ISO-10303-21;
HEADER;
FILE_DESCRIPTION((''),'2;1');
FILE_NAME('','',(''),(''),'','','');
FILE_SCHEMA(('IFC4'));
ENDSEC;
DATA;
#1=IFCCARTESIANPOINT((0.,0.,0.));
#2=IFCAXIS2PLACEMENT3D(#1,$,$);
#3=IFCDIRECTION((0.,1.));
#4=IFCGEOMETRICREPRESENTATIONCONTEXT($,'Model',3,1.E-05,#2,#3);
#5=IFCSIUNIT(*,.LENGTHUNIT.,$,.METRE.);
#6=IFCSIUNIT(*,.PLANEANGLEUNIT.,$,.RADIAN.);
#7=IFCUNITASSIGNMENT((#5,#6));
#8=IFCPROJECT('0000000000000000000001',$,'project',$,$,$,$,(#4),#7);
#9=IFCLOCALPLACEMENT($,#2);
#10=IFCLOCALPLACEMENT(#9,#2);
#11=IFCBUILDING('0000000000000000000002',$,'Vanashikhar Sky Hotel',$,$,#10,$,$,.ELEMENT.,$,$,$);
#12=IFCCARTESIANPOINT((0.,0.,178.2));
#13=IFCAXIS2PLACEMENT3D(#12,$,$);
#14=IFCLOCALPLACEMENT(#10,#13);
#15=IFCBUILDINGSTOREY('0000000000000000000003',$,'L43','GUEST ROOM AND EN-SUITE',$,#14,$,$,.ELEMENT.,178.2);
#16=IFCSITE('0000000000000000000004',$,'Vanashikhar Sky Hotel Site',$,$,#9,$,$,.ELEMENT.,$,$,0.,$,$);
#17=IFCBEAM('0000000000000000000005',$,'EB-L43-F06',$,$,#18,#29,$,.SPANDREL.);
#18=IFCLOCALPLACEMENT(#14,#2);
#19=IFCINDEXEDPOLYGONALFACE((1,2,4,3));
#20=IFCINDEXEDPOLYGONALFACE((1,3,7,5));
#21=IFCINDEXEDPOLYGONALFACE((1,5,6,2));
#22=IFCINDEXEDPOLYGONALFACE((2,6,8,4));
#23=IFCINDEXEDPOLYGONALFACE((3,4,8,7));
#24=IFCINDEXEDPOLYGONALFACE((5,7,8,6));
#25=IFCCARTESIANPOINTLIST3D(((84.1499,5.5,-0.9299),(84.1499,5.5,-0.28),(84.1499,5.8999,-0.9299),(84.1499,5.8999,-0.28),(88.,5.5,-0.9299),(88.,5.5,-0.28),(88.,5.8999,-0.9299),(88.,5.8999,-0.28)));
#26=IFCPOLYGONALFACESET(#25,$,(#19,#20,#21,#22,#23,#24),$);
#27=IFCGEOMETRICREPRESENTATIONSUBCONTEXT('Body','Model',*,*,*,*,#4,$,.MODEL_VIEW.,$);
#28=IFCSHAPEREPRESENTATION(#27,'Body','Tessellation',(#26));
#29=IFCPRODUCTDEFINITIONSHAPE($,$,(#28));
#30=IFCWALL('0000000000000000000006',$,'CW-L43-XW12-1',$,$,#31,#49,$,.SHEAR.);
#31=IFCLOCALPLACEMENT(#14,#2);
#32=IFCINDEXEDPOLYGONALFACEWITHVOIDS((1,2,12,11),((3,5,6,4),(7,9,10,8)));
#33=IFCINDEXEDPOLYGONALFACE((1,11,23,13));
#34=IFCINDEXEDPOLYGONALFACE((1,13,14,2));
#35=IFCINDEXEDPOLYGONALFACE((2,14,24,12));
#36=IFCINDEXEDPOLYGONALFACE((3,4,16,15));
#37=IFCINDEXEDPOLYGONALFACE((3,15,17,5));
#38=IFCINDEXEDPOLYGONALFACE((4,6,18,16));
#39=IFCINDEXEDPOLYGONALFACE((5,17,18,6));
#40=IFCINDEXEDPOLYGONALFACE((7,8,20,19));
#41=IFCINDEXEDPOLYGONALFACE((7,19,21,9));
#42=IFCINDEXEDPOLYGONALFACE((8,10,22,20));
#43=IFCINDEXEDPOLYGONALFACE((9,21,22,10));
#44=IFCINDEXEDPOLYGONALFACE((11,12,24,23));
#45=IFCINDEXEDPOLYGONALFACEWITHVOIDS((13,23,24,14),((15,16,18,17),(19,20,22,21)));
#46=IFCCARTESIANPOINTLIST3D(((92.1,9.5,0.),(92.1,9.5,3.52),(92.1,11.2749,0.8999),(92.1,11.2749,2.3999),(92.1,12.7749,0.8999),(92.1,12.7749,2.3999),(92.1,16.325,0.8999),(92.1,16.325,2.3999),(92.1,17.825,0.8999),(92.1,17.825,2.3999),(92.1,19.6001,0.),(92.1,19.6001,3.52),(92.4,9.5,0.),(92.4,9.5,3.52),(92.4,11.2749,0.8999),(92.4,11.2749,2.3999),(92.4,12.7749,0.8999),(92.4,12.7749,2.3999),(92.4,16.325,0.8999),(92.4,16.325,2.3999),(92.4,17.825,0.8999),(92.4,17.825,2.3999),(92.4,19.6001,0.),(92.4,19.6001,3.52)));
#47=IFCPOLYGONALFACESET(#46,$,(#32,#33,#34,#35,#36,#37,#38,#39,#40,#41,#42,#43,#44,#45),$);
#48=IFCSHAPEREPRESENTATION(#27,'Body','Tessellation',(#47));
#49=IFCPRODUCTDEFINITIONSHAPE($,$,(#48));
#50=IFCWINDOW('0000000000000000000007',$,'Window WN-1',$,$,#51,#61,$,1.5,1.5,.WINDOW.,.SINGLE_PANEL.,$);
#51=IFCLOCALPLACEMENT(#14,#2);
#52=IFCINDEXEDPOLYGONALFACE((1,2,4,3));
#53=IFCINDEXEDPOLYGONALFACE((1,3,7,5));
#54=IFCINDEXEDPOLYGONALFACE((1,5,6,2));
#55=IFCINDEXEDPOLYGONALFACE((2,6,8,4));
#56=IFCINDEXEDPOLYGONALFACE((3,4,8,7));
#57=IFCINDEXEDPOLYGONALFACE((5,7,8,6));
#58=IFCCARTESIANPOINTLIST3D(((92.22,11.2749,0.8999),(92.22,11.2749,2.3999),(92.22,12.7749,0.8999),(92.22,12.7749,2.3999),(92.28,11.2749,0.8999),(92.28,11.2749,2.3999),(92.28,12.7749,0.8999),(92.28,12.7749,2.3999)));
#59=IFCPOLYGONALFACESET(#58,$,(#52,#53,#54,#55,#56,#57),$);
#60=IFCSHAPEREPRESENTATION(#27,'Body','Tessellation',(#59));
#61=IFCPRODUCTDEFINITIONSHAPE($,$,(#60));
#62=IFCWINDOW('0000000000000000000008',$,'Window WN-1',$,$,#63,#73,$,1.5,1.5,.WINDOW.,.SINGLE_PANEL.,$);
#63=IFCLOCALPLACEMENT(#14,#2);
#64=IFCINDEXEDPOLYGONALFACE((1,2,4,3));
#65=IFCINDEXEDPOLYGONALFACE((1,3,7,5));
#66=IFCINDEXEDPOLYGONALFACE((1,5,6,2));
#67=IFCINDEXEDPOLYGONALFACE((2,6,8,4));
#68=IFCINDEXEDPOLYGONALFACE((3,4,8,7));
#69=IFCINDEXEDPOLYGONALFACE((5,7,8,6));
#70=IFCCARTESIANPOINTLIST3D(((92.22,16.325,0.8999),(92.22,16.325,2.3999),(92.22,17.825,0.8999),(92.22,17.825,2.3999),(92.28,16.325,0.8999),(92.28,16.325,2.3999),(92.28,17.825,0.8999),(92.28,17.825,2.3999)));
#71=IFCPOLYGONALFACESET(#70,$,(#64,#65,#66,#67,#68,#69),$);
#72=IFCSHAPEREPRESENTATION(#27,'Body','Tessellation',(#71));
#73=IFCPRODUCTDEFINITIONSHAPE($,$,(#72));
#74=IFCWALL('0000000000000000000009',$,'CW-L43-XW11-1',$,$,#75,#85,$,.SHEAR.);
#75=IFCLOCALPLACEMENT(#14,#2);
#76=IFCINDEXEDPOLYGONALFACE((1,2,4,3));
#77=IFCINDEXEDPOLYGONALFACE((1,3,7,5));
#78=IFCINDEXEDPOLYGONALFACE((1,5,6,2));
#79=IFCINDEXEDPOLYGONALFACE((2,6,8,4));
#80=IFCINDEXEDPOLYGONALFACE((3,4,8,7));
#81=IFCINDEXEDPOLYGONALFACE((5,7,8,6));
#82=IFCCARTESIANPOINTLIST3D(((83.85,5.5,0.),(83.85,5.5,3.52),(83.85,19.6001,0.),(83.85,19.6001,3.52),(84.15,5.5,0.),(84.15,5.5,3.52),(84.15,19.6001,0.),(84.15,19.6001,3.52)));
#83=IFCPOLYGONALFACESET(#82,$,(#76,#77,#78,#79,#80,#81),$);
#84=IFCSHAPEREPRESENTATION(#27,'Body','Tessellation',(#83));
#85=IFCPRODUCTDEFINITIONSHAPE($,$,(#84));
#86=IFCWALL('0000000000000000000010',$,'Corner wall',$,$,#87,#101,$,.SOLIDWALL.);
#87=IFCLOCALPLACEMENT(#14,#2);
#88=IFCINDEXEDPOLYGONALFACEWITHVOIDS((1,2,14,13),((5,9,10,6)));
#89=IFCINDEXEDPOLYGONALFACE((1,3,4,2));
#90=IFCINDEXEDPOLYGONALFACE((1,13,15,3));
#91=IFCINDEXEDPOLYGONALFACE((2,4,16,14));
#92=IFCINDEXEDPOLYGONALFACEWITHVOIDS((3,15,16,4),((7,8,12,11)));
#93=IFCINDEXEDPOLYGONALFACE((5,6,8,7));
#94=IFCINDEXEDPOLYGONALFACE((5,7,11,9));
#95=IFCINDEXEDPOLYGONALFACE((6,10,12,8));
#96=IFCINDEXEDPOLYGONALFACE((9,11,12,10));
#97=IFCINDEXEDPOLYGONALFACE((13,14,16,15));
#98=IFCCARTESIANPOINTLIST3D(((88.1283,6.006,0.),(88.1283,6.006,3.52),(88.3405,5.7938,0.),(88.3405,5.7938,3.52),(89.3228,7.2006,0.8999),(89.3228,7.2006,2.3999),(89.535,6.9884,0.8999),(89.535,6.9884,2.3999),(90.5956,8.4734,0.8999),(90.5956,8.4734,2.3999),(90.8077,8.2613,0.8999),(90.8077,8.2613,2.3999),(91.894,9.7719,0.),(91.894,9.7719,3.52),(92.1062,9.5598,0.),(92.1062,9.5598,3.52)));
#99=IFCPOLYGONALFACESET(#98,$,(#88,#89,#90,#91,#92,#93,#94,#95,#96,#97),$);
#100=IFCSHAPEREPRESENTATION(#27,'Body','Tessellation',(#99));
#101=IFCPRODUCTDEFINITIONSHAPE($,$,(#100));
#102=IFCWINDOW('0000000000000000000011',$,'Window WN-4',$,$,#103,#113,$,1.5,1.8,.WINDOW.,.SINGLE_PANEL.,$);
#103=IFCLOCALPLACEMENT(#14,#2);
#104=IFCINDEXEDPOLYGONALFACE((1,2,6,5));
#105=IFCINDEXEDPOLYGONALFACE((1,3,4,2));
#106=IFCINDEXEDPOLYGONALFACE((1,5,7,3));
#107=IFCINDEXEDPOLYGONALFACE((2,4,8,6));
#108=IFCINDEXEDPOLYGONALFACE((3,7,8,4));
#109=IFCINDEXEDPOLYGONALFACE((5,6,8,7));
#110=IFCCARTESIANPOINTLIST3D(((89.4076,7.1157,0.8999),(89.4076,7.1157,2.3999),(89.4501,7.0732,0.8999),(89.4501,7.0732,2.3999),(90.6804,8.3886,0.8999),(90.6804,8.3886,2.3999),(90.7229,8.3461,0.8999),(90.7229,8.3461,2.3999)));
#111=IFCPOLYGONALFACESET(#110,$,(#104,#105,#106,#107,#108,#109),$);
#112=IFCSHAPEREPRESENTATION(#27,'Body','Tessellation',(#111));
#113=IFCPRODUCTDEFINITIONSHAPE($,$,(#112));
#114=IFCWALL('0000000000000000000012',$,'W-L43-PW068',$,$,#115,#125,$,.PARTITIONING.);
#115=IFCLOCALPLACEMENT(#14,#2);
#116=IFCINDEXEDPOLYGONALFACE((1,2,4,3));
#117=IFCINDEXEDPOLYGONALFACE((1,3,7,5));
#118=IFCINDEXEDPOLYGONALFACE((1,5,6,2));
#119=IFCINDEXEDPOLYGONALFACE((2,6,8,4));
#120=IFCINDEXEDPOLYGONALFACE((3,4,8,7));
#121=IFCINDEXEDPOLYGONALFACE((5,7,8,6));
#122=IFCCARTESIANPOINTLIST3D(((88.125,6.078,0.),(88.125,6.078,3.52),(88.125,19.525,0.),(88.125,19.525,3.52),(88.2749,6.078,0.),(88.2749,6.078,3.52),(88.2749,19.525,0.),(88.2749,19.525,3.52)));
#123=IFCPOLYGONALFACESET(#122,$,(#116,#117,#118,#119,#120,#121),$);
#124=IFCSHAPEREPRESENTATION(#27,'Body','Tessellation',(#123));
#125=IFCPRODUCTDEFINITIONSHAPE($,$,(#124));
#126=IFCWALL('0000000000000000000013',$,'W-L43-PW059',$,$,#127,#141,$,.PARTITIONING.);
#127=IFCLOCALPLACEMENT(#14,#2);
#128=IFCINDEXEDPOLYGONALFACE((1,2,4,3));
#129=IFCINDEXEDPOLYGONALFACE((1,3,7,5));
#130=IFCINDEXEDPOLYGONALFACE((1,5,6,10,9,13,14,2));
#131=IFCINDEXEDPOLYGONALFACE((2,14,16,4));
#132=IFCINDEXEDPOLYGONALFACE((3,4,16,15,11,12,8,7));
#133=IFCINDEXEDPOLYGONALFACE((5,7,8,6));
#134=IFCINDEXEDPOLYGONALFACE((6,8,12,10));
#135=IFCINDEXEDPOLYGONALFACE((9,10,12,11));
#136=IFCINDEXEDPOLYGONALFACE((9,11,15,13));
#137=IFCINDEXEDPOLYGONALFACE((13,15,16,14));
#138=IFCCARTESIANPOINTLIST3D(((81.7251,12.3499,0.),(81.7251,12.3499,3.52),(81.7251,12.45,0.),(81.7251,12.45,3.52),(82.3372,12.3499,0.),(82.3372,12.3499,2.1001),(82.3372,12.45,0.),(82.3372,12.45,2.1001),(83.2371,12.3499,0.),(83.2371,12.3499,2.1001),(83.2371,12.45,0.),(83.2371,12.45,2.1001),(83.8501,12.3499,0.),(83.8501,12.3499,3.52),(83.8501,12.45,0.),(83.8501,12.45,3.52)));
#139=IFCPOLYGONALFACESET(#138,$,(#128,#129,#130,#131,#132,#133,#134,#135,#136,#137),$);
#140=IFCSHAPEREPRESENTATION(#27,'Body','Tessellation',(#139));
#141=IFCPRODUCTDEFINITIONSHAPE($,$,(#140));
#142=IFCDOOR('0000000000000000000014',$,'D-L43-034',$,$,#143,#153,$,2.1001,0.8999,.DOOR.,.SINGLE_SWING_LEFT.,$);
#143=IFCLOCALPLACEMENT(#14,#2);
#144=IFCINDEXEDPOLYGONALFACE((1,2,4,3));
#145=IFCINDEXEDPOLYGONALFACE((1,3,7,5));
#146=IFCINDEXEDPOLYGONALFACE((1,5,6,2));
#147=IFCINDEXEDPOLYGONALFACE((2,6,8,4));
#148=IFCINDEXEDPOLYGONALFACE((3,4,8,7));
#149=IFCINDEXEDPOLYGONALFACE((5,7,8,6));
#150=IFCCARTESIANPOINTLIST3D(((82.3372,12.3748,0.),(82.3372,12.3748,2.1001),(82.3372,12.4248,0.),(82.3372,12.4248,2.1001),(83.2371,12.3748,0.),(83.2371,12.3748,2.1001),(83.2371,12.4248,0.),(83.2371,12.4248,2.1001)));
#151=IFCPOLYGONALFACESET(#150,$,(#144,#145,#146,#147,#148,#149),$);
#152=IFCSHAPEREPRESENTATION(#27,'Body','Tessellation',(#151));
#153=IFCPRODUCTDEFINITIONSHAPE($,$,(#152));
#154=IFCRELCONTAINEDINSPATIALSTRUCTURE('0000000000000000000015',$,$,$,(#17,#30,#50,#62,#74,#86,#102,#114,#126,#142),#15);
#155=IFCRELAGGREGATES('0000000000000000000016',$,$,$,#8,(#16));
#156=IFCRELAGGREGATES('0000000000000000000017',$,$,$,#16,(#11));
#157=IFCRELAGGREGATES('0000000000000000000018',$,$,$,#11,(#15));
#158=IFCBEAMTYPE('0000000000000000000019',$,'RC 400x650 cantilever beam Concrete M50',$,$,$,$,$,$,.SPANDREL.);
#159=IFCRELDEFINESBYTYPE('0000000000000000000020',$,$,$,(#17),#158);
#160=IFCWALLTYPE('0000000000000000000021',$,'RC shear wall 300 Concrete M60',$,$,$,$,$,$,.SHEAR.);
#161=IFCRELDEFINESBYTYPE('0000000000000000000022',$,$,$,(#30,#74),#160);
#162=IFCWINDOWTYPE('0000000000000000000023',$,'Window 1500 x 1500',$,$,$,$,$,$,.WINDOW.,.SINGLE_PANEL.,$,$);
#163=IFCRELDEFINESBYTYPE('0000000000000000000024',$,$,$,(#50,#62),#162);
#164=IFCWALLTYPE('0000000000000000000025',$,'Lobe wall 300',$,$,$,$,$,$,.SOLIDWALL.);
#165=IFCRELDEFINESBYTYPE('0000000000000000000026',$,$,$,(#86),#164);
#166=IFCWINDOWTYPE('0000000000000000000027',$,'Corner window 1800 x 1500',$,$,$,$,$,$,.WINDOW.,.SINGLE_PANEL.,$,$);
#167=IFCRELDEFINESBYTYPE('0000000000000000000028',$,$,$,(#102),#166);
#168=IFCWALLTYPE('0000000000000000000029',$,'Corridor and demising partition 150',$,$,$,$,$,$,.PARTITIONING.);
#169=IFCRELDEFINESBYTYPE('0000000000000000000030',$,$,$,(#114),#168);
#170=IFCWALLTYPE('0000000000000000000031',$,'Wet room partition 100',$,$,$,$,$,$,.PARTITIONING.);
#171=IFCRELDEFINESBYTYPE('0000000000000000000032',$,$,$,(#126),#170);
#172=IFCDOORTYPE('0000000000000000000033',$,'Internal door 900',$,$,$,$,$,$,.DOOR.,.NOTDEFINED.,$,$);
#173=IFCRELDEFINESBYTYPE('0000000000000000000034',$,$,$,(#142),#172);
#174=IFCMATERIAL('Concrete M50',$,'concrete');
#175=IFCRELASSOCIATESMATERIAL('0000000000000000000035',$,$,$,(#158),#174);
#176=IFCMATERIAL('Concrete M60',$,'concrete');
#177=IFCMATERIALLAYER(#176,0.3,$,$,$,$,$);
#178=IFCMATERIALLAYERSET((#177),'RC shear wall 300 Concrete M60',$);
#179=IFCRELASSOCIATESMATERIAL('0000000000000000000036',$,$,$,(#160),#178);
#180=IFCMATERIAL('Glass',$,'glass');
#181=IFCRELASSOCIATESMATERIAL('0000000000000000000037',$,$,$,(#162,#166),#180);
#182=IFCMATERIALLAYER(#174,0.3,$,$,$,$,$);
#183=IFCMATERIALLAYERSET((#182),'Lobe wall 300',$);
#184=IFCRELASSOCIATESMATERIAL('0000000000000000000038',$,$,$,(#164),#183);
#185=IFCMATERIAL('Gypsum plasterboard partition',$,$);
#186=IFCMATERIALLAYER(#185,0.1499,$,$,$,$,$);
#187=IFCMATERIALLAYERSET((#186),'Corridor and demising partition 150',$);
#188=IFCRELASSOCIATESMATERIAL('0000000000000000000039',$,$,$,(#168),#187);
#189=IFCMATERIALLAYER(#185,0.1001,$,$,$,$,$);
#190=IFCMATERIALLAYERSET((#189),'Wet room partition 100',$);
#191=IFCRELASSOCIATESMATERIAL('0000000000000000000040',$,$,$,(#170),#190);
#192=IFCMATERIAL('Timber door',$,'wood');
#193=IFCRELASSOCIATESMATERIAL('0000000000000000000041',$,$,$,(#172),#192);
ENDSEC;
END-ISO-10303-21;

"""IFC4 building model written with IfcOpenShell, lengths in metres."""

from ifc_helpers import new_model, si_unit, direction, frame, frame_2d, origin, origin_2d, place, context, subcontext, project, spatial, rectangle, extrude, source, transform, mapped, material, layer, layer_set, material_profile, profile_set, type_object, element, fill, save


model = new_model("IFC4")

# Units and contexts
model_context = context("Model", 3, precision=1e-05, world=origin(), true_north=direction((0.0, 1.0)))
body_context = subcontext(model_context, "Body", "Model", "MODEL_VIEW")
ifc_project = project(units=[si_unit("LENGTHUNIT", "METRE"), si_unit("PLANEANGLEUNIT", "RADIAN")], contexts=[model_context])

# Site, building, storey
site_placement = place(None, origin())
site = spatial("IfcSite", under=ifc_project, at=site_placement, Name="Vanashikhar Sky Hotel Site", CompositionType="ELEMENT", RefElevation=0.0)
building_placement = place(site_placement, origin())
building = spatial("IfcBuilding", under=site, at=building_placement, Name="Vanashikhar Sky Hotel", CompositionType="ELEMENT")
storey_placement = place(building_placement, frame((0.0, 0.0, 178.2)))
storey = spatial("IfcBuildingStorey", under=building, at=storey_placement, Name="L43", Description="GUEST ROOM AND EN-SUITE", CompositionType="ELEMENT", Elevation=178.2)

# Beam
ifc_material_1 = material(Name="Concrete M50", Category="concrete")
ifc_material_profile = material_profile(ifc_material_1, rectangle(XDim=0.3999, YDim=0.6499, at=origin_2d()))
ifc_profile_set = profile_set([ifc_material_profile], Name="RC 400x650 cantilever beam Concrete M50")
beam_type = type_object("IfcBeamType", Name="RC 400x650 cantilever beam Concrete M50", PredefinedType="SPANDREL", material=ifc_profile_set)
shared_shape_1 = source(origin(), body_context, "Body", "SweptSolid", [
    extrude(rectangle(XDim=0.3999, YDim=0.6499, at=origin_2d()), origin(), (0.0, 0.0, 1.0), 3.8501),
])
beam_placement = place(storey_placement, frame((84.1499, 5.7, -0.605), z_axis=(1.0, 0.0, 0.0), x_axis=(0.0, 1.0, 0.0)))
element("IfcBeam", 1, at=beam_placement, inside=storey, type_object=beam_type, Name="EB-L43-F06", PredefinedType="SPANDREL", context=body_context, shape_type="MappedRepresentation", body=[
    mapped(shared_shape_1, transform((0.0, 0.0, 0.0), scale=1.0)),
])

# Wall, openings, windows
ifc_material_2 = material(Name="Concrete M60", Category="concrete")
ifc_layer_1 = layer(ifc_material_2, 0.3)
ifc_layer_set_1 = layer_set([ifc_layer_1], Name="RC shear wall 300 Concrete M60")
wall_type_1 = type_object("IfcWallType", Name="RC shear wall 300 Concrete M60", PredefinedType="SHEAR", material=ifc_layer_set_1)
shared_shape_2 = source(origin(), body_context, "Body", "SweptSolid", [
    extrude(rectangle(XDim=10.1001, YDim=0.3, at=frame_2d((5.05, 0.0))), origin(), (0.0, 0.0, 1.0), 3.52),
])
wall_1_placement = place(storey_placement, frame((92.25, 9.5, 0.0), z_axis=(0.0, 0.0, 1.0), x_axis=(0.0, 1.0, 0.0)))
wall_1 = element("IfcWall", 2, at=wall_1_placement, inside=storey, type_object=wall_type_1, Name="CW-L43-XW12-1", PredefinedType="SHEAR", context=body_context, shape_type="MappedRepresentation", body=[
    mapped(shared_shape_2, transform((0.0, 0.0, 0.0), scale=1.0)),
])
shared_shape_3 = source(origin(), body_context, "Body", "SweptSolid", [
    extrude(rectangle(XDim=1.5, YDim=1.5, at=frame_2d((0.75, 0.75))), frame((0.0, 0.1602, 0.0), z_axis=(0.0, -1.0, 0.0), x_axis=(1.0, 0.0, 0.0)), (0.0, 0.0, 1.0), 0.3201),
])
opening_1_placement = place(wall_1_placement, frame((1.7749, 0.0, 0.8999)))
opening_1 = element("IfcOpeningElement", 3, at=opening_1_placement, cuts=wall_1, PredefinedType="OPENING", context=body_context, shape_type="MappedRepresentation", body=[
    mapped(shared_shape_3, transform((0.0, 0.0, 0.0), scale=1.0)),
])
opening_2_placement = place(wall_1_placement, frame((6.825, 0.0, 0.8999)))
opening_2 = element("IfcOpeningElement", 4, at=opening_2_placement, cuts=wall_1, PredefinedType="OPENING", context=body_context, shape_type="MappedRepresentation", body=[
    mapped(shared_shape_3, transform((0.0, 0.0, 0.0), scale=1.0)),
])
ifc_material_3 = material(Name="Glass", Category="glass")
window_type_1 = type_object("IfcWindowType", Name="Window 1500 x 1500", PartitioningType="SINGLE_PANEL", PredefinedType="WINDOW", material=ifc_material_3)
shared_shape_4 = source(origin(), body_context, "Body", "SweptSolid", [
    extrude(rectangle(XDim=1.5, YDim=1.5, at=frame_2d((0.75, 0.75))), frame((0.0, 0.03, 0.0), z_axis=(0.0, -1.0, 0.0), x_axis=(1.0, 0.0, 0.0)), (0.0, 0.0, 1.0), 0.0601),
])
window_1_placement = place(opening_1_placement, origin())
window_1 = element("IfcWindow", 5, at=window_1_placement, inside=storey, type_object=window_type_1, Name="Window WN-1", OverallHeight=1.5, OverallWidth=1.5, PartitioningType="SINGLE_PANEL", PredefinedType="WINDOW", context=body_context, shape_type="MappedRepresentation", body=[
    mapped(shared_shape_4, transform((0.0, 0.0, 0.0), scale=1.0)),
])
fill(opening_1, window_1)
window_2_placement = place(opening_2_placement, origin())
window_2 = element("IfcWindow", 6, at=window_2_placement, inside=storey, type_object=window_type_1, Name="Window WN-1", OverallHeight=1.5, OverallWidth=1.5, PartitioningType="SINGLE_PANEL", PredefinedType="WINDOW", context=body_context, shape_type="MappedRepresentation", body=[
    mapped(shared_shape_4, transform((0.0, 0.0, 0.0), scale=1.0)),
])
fill(opening_2, window_2)

# Wall
shared_shape_5 = source(origin(), body_context, "Body", "SweptSolid", [
    extrude(rectangle(XDim=14.1001, YDim=0.3, at=frame_2d((7.05, 0.0))), origin(), (0.0, 0.0, 1.0), 3.52),
])
wall_2_placement = place(storey_placement, frame((84.0, 5.5, 0.0), z_axis=(0.0, 0.0, 1.0), x_axis=(0.0, 1.0, 0.0)))
element("IfcWall", 7, at=wall_2_placement, inside=storey, type_object=wall_type_1, Name="CW-L43-XW11-1", PredefinedType="SHEAR", context=body_context, shape_type="MappedRepresentation", body=[
    mapped(shared_shape_5, transform((0.0, 0.0, 0.0), scale=1.0)),
])

# Wall, opening, window
ifc_layer_2 = layer(ifc_material_1, 0.3)
ifc_layer_set_2 = layer_set([ifc_layer_2], Name="Lobe wall 300")
wall_type_2 = type_object("IfcWallType", Name="Lobe wall 300", PredefinedType="SOLIDWALL", material=ifc_layer_set_2)
shared_shape_6 = source(origin(), body_context, "Body", "SweptSolid", [
    extrude(rectangle(XDim=5.3257, YDim=0.3, at=frame_2d((2.6628, 0.0))), origin(), (0.0, 0.0, 1.0), 3.52),
])
wall_3_placement = place(storey_placement, frame((88.2344, 5.8999, 0.0), z_axis=(0.0, 0.0, 1.0), x_axis=(0.707084, 0.70713, 0.0)))
wall_3 = element("IfcWall", 8, at=wall_3_placement, inside=storey, type_object=wall_type_2, Name="Corner wall", PredefinedType="SOLIDWALL", context=body_context, shape_type="MappedRepresentation", body=[
    mapped(shared_shape_6, transform((0.0, 0.0, 0.0), scale=1.0)),
])
shared_shape_7 = source(origin(), body_context, "Body", "SweptSolid", [
    extrude(rectangle(XDim=1.8, YDim=1.5, at=frame_2d((0.8999, 0.75))), frame((0.0, 0.1602, 0.0), z_axis=(0.0, -1.0, 0.0), x_axis=(1.0, 0.0, 0.0)), (0.0, 0.0, 1.0), 0.3201),
])
opening_3_placement = place(wall_3_placement, frame((1.6895, 0.0, 0.8999)))
opening_3 = element("IfcOpeningElement", 9, at=opening_3_placement, cuts=wall_3, PredefinedType="OPENING", context=body_context, shape_type="MappedRepresentation", body=[
    mapped(shared_shape_7, transform((0.0, 0.0, 0.0), scale=1.0)),
])
window_type_2 = type_object("IfcWindowType", Name="Corner window 1800 x 1500", PartitioningType="SINGLE_PANEL", PredefinedType="WINDOW", material=ifc_material_3)
shared_shape_8 = source(origin(), body_context, "Body", "SweptSolid", [
    extrude(rectangle(XDim=1.8, YDim=1.5, at=frame_2d((0.8999, 0.75))), frame((0.0, 0.03, 0.0), z_axis=(0.0, -1.0, 0.0), x_axis=(1.0, 0.0, 0.0)), (0.0, 0.0, 1.0), 0.0601),
])
window_3_placement = place(opening_3_placement, origin())
window_3 = element("IfcWindow", 10, at=window_3_placement, inside=storey, type_object=window_type_2, Name="Window WN-4", OverallHeight=1.5, OverallWidth=1.8, PartitioningType="SINGLE_PANEL", PredefinedType="WINDOW", context=body_context, shape_type="MappedRepresentation", body=[
    mapped(shared_shape_8, transform((0.0, 0.0, 0.0), scale=1.0)),
])
fill(opening_3, window_3)

# Wall
ifc_material_4 = material(Name="Gypsum plasterboard partition")
ifc_layer_3 = layer(ifc_material_4, 0.1499)
ifc_layer_set_3 = layer_set([ifc_layer_3], Name="Corridor and demising partition 150")
wall_type_3 = type_object("IfcWallType", Name="Corridor and demising partition 150", PredefinedType="PARTITIONING", material=ifc_layer_set_3)
shared_shape_9 = source(origin(), body_context, "Body", "SweptSolid", [
    extrude(rectangle(XDim=13.447, YDim=0.1499, at=frame_2d((6.7236, 0.0))), origin(), (0.0, 0.0, 1.0), 3.52),
])
wall_4_placement = place(storey_placement, frame((88.2, 6.0779, 0.0), z_axis=(0.0, 0.0, 1.0), x_axis=(0.0, 1.0, 0.0)))
element("IfcWall", 11, at=wall_4_placement, inside=storey, type_object=wall_type_3, Name="W-L43-PW068", PredefinedType="PARTITIONING", context=body_context, shape_type="MappedRepresentation", body=[
    mapped(shared_shape_9, transform((0.0, 0.0, 0.0), scale=1.0)),
])

# Wall, opening, door
ifc_layer_4 = layer(ifc_material_4, 0.1001)
ifc_layer_set_4 = layer_set([ifc_layer_4], Name="Wet room partition 100")
wall_type_4 = type_object("IfcWallType", Name="Wet room partition 100", PredefinedType="PARTITIONING", material=ifc_layer_set_4)
shared_shape_10 = source(origin(), body_context, "Body", "SweptSolid", [
    extrude(rectangle(XDim=2.125, YDim=0.1001, at=frame_2d((1.0625, 0.0))), origin(), (0.0, 0.0, 1.0), 3.52),
])
wall_5_placement = place(storey_placement, frame((81.7251, 12.3999, 0.0), z_axis=(0.0, 0.0, 1.0), x_axis=(1.0, 0.0, 0.0)))
wall_5 = element("IfcWall", 12, at=wall_5_placement, inside=storey, type_object=wall_type_4, Name="W-L43-PW059", PredefinedType="PARTITIONING", context=body_context, shape_type="MappedRepresentation", body=[
    mapped(shared_shape_10, transform((0.0, 0.0, 0.0), scale=1.0)),
])
shared_shape_11 = source(origin(), body_context, "Body", "SweptSolid", [
    extrude(rectangle(XDim=0.8999, YDim=2.1001, at=frame_2d((0.45, 1.05))), frame((0.0, 0.0601, 0.0), z_axis=(0.0, -1.0, 0.0), x_axis=(1.0, 0.0, 0.0)), (0.0, 0.0, 1.0), 0.1201),
])
opening_4_placement = place(wall_5_placement, frame((0.6121, 0.0, 0.0)))
opening_4 = element("IfcOpeningElement", 13, at=opening_4_placement, cuts=wall_5, PredefinedType="OPENING", context=body_context, shape_type="MappedRepresentation", body=[
    mapped(shared_shape_11, transform((0.0, 0.0, 0.0), scale=1.0)),
])
ifc_material_5 = material(Name="Timber door", Category="wood")
door_type_1 = type_object("IfcDoorType", Name="Internal door 900", OperationType="NOTDEFINED", PredefinedType="DOOR", material=ifc_material_5)
shared_shape_12 = source(origin(), body_context, "Body", "SweptSolid", [
    extrude(rectangle(XDim=0.8999, YDim=2.1001, at=frame_2d((0.45, 1.05))), frame((0.0, 0.0249, 0.0), z_axis=(0.0, -1.0, 0.0), x_axis=(1.0, 0.0, 0.0)), (0.0, 0.0, 1.0), 0.05),
])
door_1_placement = place(opening_4_placement, origin())
door_1 = element("IfcDoor", 14, at=door_1_placement, inside=storey, type_object=door_type_1, Name="D-L43-034", OperationType="SINGLE_SWING_LEFT", OverallHeight=2.1001, OverallWidth=0.8999, PredefinedType="DOOR", context=body_context, shape_type="MappedRepresentation", body=[
    mapped(shared_shape_12, transform((0.0, 0.0, 0.0), scale=1.0)),
])
fill(opening_4, door_1)

save(model, "model.ifc")
